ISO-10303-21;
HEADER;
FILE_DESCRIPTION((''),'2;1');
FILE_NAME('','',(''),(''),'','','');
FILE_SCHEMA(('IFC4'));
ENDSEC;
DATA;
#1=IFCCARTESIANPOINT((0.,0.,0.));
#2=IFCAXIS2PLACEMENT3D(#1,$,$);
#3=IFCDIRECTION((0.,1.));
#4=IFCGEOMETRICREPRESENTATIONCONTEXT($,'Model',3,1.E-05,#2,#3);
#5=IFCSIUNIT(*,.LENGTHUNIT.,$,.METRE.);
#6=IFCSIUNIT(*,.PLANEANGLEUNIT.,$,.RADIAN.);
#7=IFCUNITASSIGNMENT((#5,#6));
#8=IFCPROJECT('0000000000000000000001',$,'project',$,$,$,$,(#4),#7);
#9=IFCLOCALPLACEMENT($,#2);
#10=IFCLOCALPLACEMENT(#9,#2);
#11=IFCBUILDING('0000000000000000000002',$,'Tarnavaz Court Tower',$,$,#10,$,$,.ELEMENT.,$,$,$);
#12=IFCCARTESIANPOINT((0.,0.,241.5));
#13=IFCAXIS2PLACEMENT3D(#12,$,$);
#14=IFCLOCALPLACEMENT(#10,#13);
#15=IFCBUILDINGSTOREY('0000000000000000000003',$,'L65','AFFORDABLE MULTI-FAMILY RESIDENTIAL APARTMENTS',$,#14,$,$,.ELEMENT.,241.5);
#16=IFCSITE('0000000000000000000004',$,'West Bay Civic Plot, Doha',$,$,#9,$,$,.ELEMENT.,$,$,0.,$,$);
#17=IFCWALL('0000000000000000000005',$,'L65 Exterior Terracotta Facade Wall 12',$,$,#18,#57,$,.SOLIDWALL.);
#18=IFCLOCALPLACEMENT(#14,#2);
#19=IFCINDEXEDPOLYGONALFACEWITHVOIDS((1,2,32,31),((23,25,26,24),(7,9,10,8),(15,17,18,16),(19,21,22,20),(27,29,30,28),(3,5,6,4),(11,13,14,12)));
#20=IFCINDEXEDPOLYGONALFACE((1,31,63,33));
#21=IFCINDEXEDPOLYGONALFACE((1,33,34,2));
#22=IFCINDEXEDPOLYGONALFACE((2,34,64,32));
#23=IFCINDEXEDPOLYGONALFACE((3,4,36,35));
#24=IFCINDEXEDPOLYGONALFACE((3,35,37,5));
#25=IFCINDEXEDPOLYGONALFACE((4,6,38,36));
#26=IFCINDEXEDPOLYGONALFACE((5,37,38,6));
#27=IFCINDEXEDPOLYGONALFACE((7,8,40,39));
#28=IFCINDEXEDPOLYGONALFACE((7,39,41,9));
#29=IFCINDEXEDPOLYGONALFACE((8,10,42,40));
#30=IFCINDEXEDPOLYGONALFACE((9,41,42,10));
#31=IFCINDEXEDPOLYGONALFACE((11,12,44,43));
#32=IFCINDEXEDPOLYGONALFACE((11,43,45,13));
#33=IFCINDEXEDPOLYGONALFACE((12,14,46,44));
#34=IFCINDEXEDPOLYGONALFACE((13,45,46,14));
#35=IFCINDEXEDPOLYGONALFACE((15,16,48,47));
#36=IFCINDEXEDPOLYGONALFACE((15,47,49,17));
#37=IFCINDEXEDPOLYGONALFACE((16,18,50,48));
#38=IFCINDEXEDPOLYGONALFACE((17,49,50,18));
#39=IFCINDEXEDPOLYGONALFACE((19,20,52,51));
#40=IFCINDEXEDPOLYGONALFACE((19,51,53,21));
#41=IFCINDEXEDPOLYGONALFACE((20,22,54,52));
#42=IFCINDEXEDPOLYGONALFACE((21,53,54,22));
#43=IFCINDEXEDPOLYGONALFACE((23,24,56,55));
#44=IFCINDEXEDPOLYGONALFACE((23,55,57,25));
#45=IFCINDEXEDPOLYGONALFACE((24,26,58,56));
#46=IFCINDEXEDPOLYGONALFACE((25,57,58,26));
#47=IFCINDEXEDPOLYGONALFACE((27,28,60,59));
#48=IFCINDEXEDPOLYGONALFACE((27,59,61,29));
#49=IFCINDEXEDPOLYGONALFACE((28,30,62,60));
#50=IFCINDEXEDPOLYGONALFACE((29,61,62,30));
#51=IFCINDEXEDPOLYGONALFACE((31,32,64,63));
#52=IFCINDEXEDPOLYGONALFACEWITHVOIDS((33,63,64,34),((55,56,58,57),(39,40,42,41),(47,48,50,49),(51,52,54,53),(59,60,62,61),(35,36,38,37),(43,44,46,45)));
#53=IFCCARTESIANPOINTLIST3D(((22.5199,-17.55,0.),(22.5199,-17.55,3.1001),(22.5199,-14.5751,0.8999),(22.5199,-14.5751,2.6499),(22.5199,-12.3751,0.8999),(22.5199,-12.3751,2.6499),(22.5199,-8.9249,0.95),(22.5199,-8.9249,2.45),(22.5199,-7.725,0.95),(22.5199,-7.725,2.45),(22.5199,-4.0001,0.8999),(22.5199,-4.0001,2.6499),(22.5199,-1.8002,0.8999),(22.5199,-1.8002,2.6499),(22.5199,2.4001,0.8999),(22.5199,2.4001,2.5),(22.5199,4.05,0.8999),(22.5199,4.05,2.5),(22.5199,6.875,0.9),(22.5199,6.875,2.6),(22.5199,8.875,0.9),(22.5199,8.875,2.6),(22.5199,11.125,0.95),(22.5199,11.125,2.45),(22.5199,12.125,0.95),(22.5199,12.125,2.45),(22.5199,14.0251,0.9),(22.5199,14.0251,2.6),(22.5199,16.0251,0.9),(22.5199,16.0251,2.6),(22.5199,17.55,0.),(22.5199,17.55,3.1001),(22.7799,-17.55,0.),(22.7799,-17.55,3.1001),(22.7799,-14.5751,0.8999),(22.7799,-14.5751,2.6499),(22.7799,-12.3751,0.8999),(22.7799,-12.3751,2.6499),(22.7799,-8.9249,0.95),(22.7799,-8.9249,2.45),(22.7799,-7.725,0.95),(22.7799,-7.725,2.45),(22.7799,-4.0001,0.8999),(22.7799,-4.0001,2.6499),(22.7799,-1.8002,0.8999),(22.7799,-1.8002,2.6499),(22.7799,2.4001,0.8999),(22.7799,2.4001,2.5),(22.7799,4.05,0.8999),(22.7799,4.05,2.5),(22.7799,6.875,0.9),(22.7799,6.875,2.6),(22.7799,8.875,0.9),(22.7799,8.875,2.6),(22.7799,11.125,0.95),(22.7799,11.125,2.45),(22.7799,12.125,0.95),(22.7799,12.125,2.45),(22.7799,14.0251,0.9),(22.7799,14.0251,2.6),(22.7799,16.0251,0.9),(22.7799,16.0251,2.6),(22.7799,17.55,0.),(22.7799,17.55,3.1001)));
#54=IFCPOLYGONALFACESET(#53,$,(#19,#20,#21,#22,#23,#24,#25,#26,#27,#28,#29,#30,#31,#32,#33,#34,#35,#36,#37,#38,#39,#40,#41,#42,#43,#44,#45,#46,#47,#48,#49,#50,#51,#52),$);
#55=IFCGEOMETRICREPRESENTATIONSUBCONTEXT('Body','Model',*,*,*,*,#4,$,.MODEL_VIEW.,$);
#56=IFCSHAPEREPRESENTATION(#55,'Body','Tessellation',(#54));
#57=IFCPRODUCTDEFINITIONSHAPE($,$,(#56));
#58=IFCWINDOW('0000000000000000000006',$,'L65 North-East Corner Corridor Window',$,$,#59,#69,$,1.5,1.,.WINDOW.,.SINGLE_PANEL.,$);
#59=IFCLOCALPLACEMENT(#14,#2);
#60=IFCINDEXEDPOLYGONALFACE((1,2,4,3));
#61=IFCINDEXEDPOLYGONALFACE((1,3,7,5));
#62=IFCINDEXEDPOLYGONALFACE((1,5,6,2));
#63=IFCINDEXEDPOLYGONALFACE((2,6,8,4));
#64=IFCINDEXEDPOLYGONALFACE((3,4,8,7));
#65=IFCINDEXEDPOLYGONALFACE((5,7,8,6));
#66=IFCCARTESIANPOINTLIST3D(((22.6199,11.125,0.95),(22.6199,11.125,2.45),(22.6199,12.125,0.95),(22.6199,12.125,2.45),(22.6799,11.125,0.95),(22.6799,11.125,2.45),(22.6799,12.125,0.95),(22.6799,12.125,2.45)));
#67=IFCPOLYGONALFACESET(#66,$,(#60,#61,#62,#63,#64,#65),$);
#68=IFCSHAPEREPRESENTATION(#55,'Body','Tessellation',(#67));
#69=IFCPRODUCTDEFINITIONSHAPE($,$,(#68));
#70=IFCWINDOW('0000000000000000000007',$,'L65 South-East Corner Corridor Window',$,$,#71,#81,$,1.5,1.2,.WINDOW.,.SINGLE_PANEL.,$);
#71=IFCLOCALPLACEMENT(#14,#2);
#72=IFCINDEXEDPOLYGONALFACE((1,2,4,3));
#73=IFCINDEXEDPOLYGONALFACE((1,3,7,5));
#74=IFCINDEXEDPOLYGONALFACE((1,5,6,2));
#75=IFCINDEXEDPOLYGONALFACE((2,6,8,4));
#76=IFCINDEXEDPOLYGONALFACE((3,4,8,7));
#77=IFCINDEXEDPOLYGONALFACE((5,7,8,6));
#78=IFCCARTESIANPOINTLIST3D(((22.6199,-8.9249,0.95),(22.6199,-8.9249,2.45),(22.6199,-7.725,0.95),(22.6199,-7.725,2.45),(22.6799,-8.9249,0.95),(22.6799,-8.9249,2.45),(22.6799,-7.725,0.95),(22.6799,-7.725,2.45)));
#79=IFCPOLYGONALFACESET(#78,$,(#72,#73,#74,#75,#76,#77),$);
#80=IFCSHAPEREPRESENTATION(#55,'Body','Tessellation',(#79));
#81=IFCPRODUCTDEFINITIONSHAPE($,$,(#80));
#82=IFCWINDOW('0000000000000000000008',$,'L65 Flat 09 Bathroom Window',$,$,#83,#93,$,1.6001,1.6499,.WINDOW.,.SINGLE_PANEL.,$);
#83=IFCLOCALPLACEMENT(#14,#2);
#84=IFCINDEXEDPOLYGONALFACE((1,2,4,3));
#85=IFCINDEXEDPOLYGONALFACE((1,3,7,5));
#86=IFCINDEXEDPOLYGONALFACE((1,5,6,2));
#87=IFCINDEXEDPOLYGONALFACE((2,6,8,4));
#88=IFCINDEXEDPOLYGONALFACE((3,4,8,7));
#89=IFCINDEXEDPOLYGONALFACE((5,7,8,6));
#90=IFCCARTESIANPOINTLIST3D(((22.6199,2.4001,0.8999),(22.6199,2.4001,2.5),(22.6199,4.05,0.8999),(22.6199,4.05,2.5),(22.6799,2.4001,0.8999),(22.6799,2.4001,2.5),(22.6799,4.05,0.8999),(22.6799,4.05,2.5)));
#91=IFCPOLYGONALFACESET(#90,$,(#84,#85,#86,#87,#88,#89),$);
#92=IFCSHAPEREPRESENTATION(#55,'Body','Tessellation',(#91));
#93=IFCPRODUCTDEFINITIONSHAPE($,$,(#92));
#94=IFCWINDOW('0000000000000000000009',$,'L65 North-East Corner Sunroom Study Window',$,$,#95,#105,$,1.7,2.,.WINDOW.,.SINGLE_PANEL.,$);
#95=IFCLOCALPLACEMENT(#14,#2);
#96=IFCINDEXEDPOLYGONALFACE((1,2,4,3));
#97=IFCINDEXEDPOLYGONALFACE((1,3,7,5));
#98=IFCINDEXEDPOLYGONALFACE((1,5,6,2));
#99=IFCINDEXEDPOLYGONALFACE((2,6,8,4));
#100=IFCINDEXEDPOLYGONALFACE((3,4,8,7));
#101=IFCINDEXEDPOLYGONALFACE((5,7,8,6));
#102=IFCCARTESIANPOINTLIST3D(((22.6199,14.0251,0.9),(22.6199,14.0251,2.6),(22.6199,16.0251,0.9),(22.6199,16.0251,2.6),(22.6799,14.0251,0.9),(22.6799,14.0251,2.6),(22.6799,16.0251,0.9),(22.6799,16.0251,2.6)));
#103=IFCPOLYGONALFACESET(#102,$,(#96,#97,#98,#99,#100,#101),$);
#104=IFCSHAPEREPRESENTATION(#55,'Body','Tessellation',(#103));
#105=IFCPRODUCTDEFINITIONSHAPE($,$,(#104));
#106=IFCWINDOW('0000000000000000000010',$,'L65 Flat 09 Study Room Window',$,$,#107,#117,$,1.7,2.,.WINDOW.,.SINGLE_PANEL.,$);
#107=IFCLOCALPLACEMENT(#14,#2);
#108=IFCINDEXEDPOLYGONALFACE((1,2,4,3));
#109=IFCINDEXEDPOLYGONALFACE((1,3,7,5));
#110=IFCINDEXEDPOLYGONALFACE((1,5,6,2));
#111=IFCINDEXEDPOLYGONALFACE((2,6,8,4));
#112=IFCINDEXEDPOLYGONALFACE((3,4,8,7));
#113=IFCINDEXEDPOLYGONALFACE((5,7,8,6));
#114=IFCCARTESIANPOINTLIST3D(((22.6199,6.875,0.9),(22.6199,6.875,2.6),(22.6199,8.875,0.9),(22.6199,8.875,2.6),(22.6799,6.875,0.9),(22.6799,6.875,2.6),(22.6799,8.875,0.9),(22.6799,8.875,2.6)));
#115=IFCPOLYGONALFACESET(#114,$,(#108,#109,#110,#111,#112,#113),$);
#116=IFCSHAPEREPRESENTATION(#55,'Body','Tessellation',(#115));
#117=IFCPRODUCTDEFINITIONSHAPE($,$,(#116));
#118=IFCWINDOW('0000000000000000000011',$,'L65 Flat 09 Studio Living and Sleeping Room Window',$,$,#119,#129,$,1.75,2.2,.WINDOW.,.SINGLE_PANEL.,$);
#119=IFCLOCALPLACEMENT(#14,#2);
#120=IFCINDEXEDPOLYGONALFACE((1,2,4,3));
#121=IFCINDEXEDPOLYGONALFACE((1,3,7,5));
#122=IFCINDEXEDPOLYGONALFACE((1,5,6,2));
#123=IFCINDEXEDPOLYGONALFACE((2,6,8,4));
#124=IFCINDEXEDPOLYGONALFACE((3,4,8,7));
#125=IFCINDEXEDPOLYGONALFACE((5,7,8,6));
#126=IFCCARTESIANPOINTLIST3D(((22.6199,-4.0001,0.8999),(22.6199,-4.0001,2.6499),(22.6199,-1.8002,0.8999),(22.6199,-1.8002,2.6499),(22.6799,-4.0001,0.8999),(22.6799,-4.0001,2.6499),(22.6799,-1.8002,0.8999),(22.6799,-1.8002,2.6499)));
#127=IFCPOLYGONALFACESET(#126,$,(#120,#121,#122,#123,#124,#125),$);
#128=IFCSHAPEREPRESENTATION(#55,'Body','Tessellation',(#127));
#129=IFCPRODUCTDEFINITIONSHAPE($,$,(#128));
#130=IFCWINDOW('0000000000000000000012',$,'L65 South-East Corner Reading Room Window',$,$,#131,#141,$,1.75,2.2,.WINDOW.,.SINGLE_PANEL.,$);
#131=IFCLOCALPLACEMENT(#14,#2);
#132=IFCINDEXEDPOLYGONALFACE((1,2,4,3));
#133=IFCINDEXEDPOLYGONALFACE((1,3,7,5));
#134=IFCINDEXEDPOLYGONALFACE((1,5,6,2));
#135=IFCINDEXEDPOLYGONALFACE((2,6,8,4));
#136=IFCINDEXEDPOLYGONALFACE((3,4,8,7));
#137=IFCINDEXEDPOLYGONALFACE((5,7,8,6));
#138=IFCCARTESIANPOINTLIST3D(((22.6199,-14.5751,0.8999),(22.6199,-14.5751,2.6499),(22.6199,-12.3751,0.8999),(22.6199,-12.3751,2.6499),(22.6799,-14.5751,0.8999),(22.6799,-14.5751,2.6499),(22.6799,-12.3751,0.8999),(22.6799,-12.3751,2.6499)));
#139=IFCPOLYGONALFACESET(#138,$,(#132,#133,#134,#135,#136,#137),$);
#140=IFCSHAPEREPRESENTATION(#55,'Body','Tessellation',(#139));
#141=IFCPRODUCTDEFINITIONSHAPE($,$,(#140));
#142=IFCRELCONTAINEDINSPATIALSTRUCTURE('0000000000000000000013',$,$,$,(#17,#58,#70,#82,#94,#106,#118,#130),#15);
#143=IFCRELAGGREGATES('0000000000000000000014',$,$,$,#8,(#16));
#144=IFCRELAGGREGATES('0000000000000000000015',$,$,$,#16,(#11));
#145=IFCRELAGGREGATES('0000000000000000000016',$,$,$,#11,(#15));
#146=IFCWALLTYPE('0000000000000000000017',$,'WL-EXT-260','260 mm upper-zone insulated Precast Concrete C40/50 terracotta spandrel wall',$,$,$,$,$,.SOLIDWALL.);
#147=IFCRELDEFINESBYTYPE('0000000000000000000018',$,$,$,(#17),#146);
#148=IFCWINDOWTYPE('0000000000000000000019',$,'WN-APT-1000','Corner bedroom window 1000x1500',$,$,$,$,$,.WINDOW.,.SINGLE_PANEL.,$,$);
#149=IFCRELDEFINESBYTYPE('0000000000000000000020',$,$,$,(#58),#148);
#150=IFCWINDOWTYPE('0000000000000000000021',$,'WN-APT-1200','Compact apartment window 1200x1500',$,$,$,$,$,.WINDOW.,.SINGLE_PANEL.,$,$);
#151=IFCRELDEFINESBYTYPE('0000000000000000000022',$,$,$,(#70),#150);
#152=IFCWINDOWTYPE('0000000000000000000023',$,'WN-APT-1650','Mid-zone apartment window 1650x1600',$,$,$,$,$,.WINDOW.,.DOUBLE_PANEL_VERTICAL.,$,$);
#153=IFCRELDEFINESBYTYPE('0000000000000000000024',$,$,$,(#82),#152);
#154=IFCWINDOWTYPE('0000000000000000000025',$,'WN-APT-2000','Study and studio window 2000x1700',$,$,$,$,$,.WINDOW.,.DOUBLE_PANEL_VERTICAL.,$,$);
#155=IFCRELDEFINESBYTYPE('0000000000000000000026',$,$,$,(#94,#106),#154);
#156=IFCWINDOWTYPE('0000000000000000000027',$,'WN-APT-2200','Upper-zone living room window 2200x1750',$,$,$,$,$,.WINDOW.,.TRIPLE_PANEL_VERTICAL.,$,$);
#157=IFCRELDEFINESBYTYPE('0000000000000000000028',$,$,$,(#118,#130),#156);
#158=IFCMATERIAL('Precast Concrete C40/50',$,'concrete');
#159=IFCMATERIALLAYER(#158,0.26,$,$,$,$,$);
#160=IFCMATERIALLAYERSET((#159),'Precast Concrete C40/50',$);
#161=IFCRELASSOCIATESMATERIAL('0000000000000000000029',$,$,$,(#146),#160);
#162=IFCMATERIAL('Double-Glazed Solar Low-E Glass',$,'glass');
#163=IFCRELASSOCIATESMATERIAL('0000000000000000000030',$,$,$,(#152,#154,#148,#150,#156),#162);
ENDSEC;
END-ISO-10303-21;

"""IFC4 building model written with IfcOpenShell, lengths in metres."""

from ifc_helpers import new_model, si_unit, direction, frame, frame_2d, origin, place, context, subcontext, project, spatial, rectangle, extrude, material, layer, layer_set, type_object, element, fill, save


model = new_model("IFC4")

# Units and contexts
model_context = context("Model", 3, precision=1e-05, world=origin(), true_north=direction((0.0, 1.0)))
body_context = subcontext(model_context, "Body", "Model", "MODEL_VIEW")
ifc_project = project(units=[si_unit("LENGTHUNIT", "METRE"), si_unit("PLANEANGLEUNIT", "RADIAN")], contexts=[model_context])

# Site, building, storey
site_placement = place(None, origin())
site = spatial("IfcSite", under=ifc_project, at=site_placement, Name="West Bay Civic Plot, Doha", CompositionType="ELEMENT", RefElevation=0.0)
building_placement = place(site_placement, origin())
building = spatial("IfcBuilding", under=site, at=building_placement, Name="Tarnavaz Court Tower", CompositionType="ELEMENT")
storey_placement = place(building_placement, frame((0.0, 0.0, 241.5)))
storey = spatial("IfcBuildingStorey", under=building, at=storey_placement, Name="L65", Description="AFFORDABLE MULTI-FAMILY RESIDENTIAL APARTMENTS", CompositionType="ELEMENT", Elevation=241.5)

# Shared definitions
ifc_material_1 = material(Name="Precast Concrete C40/50", Category="concrete")
ifc_layer_1 = layer(ifc_material_1, 0.26)
ifc_layer_set_1 = layer_set([ifc_layer_1], Name="Precast Concrete C40/50")
wall_type_1 = type_object("IfcWallType", Name="WL-EXT-260", Description="260 mm upper-zone insulated Precast Concrete C40/50 terracotta spandrel wall", PredefinedType="SOLIDWALL", material=ifc_layer_set_1)
ifc_material_2 = material(Name="Double-Glazed Solar Low-E Glass", Category="glass")
window_type_1 = type_object("IfcWindowType", Name="WN-APT-1650", Description="Mid-zone apartment window 1650x1600", PartitioningType="DOUBLE_PANEL_VERTICAL", PredefinedType="WINDOW", material=ifc_material_2)
window_type_2 = type_object("IfcWindowType", Name="WN-APT-2000", Description="Study and studio window 2000x1700", PartitioningType="DOUBLE_PANEL_VERTICAL", PredefinedType="WINDOW", material=ifc_material_2)

# Wall, openings, windows
wall_1_placement = place(storey_placement, frame((22.6499, 17.55, 0.0), z_axis=(0.0, 0.0, 1.0), x_axis=(0.0, -1.0, 0.0)))
wall_1 = element("IfcWall", 1, at=wall_1_placement, inside=storey, type_object=wall_type_1, Name="L65 Exterior Terracotta Facade Wall 12", PredefinedType="SOLIDWALL", context=body_context, shape_type="SweptSolid", body=[
    extrude(rectangle(XDim=35.1001, YDim=0.26, at=frame_2d((17.55, 0.0))), origin(), (0.0, 0.0, 1.0), 3.1001),
])
opening_1_placement = place(wall_1_placement, frame((1.5249, 0.0, 0.8999)))
opening_1 = element("IfcOpeningElement", 2, at=opening_1_placement, cuts=wall_1, PredefinedType="OPENING", context=body_context, shape_type="SweptSolid", body=[
    extrude(rectangle(XDim=2.0, YDim=1.7, at=frame_2d((1.0, 0.8501))), frame((0.0, 0.1399, 0.0), z_axis=(0.0, -1.0, 0.0), x_axis=(1.0, 0.0, 0.0)), (0.0, 0.0, 1.0), 0.28),
])
opening_2_placement = place(wall_1_placement, frame((5.425, 0.0, 0.95)))
opening_2 = element("IfcOpeningElement", 3, at=opening_2_placement, cuts=wall_1, PredefinedType="OPENING", context=body_context, shape_type="SweptSolid", body=[
    extrude(rectangle(XDim=1.0, YDim=1.5, at=frame_2d((0.5, 0.75))), frame((0.0, 0.1399, 0.0), z_axis=(0.0, -1.0, 0.0), x_axis=(1.0, 0.0, 0.0)), (0.0, 0.0, 1.0), 0.28),
])
opening_3_placement = place(wall_1_placement, frame((8.675, 0.0, 0.8999)))
opening_3 = element("IfcOpeningElement", 4, at=opening_3_placement, cuts=wall_1, PredefinedType="OPENING", context=body_context, shape_type="SweptSolid", body=[
    extrude(rectangle(XDim=2.0, YDim=1.7, at=frame_2d((1.0, 0.8501))), frame((0.0, 0.1399, 0.0), z_axis=(0.0, -1.0, 0.0), x_axis=(1.0, 0.0, 0.0)), (0.0, 0.0, 1.0), 0.28),
])
opening_4_placement = place(wall_1_placement, frame((13.5, 0.0, 0.8999)))
opening_4 = element("IfcOpeningElement", 5, at=opening_4_placement, cuts=wall_1, PredefinedType="OPENING", context=body_context, shape_type="SweptSolid", body=[
    extrude(rectangle(XDim=1.6499, YDim=1.6001, at=frame_2d((0.825, 0.8))), frame((0.0, 0.1399, 0.0), z_axis=(0.0, -1.0, 0.0), x_axis=(1.0, 0.0, 0.0)), (0.0, 0.0, 1.0), 0.28),
])
opening_5_placement = place(wall_1_placement, frame((19.3501, 0.0, 0.8999)))
opening_5 = element("IfcOpeningElement", 6, at=opening_5_placement, cuts=wall_1, PredefinedType="OPENING", context=body_context, shape_type="SweptSolid", body=[
    extrude(rectangle(XDim=2.2, YDim=1.75, at=frame_2d((1.1001, 0.875))), frame((0.0, 0.1399, 0.0), z_axis=(0.0, -1.0, 0.0), x_axis=(1.0, 0.0, 0.0)), (0.0, 0.0, 1.0), 0.28),
])
opening_6_placement = place(wall_1_placement, frame((25.2749, 0.0, 0.95)))
opening_6 = element("IfcOpeningElement", 7, at=opening_6_placement, cuts=wall_1, PredefinedType="OPENING", context=body_context, shape_type="SweptSolid", body=[
    extrude(rectangle(XDim=1.2, YDim=1.5, at=frame_2d((0.6001, 0.75))), frame((0.0, 0.1399, 0.0), z_axis=(0.0, -1.0, 0.0), x_axis=(1.0, 0.0, 0.0)), (0.0, 0.0, 1.0), 0.28),
])
opening_7_placement = place(wall_1_placement, frame((29.925, 0.0, 0.8999)))
opening_7 = element("IfcOpeningElement", 8, at=opening_7_placement, cuts=wall_1, PredefinedType="OPENING", context=body_context, shape_type="SweptSolid", body=[
    extrude(rectangle(XDim=2.2, YDim=1.75, at=frame_2d((1.1001, 0.875))), frame((0.0, 0.1399, 0.0), z_axis=(0.0, -1.0, 0.0), x_axis=(1.0, 0.0, 0.0)), (0.0, 0.0, 1.0), 0.28),
])
window_type_3 = type_object("IfcWindowType", Name="WN-APT-1000", Description="Corner bedroom window 1000x1500", PartitioningType="SINGLE_PANEL", PredefinedType="WINDOW", material=ifc_material_2)
window_1_placement = place(opening_2_placement, origin())
window_1 = element("IfcWindow", 9, at=window_1_placement, inside=storey, type_object=window_type_3, Name="L65 North-East Corner Corridor Window", OverallHeight=1.5, OverallWidth=1.0, PartitioningType="SINGLE_PANEL", PredefinedType="WINDOW", context=body_context, shape_type="SweptSolid", body=[
    extrude(rectangle(XDim=1.0, YDim=1.5, at=frame_2d((0.5, 0.75))), frame((0.0, 0.03, 0.0), z_axis=(0.0, -1.0, 0.0), x_axis=(1.0, 0.0, 0.0)), (0.0, 0.0, 1.0), 0.0601),
])
fill(opening_2, window_1)
window_type_4 = type_object("IfcWindowType", Name="WN-APT-1200", Description="Compact apartment window 1200x1500", PartitioningType="SINGLE_PANEL", PredefinedType="WINDOW", material=ifc_material_2)
window_2_placement = place(opening_6_placement, origin())
window_2 = element("IfcWindow", 10, at=window_2_placement, inside=storey, type_object=window_type_4, Name="L65 South-East Corner Corridor Window", OverallHeight=1.5, OverallWidth=1.2, PartitioningType="SINGLE_PANEL", PredefinedType="WINDOW", context=body_context, shape_type="SweptSolid", body=[
    extrude(rectangle(XDim=1.2, YDim=1.5, at=frame_2d((0.6001, 0.75))), frame((0.0, 0.03, 0.0), z_axis=(0.0, -1.0, 0.0), x_axis=(1.0, 0.0, 0.0)), (0.0, 0.0, 1.0), 0.0601),
])
fill(opening_6, window_2)
window_3_placement = place(opening_4_placement, origin())
window_3 = element("IfcWindow", 11, at=window_3_placement, inside=storey, type_object=window_type_1, Name="L65 Flat 09 Bathroom Window", OverallHeight=1.6001, OverallWidth=1.6499, PartitioningType="SINGLE_PANEL", PredefinedType="WINDOW", context=body_context, shape_type="SweptSolid", body=[
    extrude(rectangle(XDim=1.6499, YDim=1.6001, at=frame_2d((0.825, 0.8))), frame((0.0, 0.03, 0.0), z_axis=(0.0, -1.0, 0.0), x_axis=(1.0, 0.0, 0.0)), (0.0, 0.0, 1.0), 0.0601),
])
fill(opening_4, window_3)
window_4_placement = place(opening_1_placement, origin())
window_4 = element("IfcWindow", 12, at=window_4_placement, inside=storey, type_object=window_type_2, Name="L65 North-East Corner Sunroom Study Window", OverallHeight=1.7, OverallWidth=2.0, PartitioningType="SINGLE_PANEL", PredefinedType="WINDOW", context=body_context, shape_type="SweptSolid", body=[
    extrude(rectangle(XDim=2.0, YDim=1.7, at=frame_2d((1.0, 0.8501))), frame((0.0, 0.03, 0.0), z_axis=(0.0, -1.0, 0.0), x_axis=(1.0, 0.0, 0.0)), (0.0, 0.0, 1.0), 0.0601),
])
fill(opening_1, window_4)
window_5_placement = place(opening_3_placement, origin())
window_5 = element("IfcWindow", 13, at=window_5_placement, inside=storey, type_object=window_type_2, Name="L65 Flat 09 Study Room Window", OverallHeight=1.7, OverallWidth=2.0, PartitioningType="SINGLE_PANEL", PredefinedType="WINDOW", context=body_context, shape_type="SweptSolid", body=[
    extrude(rectangle(XDim=2.0, YDim=1.7, at=frame_2d((1.0, 0.8501))), frame((0.0, 0.03, 0.0), z_axis=(0.0, -1.0, 0.0), x_axis=(1.0, 0.0, 0.0)), (0.0, 0.0, 1.0), 0.0601),
])
fill(opening_3, window_5)
window_type_5 = type_object("IfcWindowType", Name="WN-APT-2200", Description="Upper-zone living room window 2200x1750", PartitioningType="TRIPLE_PANEL_VERTICAL", PredefinedType="WINDOW", material=ifc_material_2)
window_6_placement = place(opening_5_placement, origin())
window_6 = element("IfcWindow", 14, at=window_6_placement, inside=storey, type_object=window_type_5, Name="L65 Flat 09 Studio Living and Sleeping Room Window", OverallHeight=1.75, OverallWidth=2.2, PartitioningType="SINGLE_PANEL", PredefinedType="WINDOW", context=body_context, shape_type="SweptSolid", body=[
    extrude(rectangle(XDim=2.2, YDim=1.75, at=frame_2d((1.1001, 0.875))), frame((0.0, 0.03, 0.0), z_axis=(0.0, -1.0, 0.0), x_axis=(1.0, 0.0, 0.0)), (0.0, 0.0, 1.0), 0.0601),
])
fill(opening_5, window_6)
window_7_placement = place(opening_7_placement, origin())
window_7 = element("IfcWindow", 15, at=window_7_placement, inside=storey, type_object=window_type_5, Name="L65 South-East Corner Reading Room Window", OverallHeight=1.75, OverallWidth=2.2, PartitioningType="SINGLE_PANEL", PredefinedType="WINDOW", context=body_context, shape_type="SweptSolid", body=[
    extrude(rectangle(XDim=2.2, YDim=1.75, at=frame_2d((1.1001, 0.875))), frame((0.0, 0.03, 0.0), z_axis=(0.0, -1.0, 0.0), x_axis=(1.0, 0.0, 0.0)), (0.0, 0.0, 1.0), 0.0601),
])
fill(opening_7, window_7)

save(model, "model.ifc")
